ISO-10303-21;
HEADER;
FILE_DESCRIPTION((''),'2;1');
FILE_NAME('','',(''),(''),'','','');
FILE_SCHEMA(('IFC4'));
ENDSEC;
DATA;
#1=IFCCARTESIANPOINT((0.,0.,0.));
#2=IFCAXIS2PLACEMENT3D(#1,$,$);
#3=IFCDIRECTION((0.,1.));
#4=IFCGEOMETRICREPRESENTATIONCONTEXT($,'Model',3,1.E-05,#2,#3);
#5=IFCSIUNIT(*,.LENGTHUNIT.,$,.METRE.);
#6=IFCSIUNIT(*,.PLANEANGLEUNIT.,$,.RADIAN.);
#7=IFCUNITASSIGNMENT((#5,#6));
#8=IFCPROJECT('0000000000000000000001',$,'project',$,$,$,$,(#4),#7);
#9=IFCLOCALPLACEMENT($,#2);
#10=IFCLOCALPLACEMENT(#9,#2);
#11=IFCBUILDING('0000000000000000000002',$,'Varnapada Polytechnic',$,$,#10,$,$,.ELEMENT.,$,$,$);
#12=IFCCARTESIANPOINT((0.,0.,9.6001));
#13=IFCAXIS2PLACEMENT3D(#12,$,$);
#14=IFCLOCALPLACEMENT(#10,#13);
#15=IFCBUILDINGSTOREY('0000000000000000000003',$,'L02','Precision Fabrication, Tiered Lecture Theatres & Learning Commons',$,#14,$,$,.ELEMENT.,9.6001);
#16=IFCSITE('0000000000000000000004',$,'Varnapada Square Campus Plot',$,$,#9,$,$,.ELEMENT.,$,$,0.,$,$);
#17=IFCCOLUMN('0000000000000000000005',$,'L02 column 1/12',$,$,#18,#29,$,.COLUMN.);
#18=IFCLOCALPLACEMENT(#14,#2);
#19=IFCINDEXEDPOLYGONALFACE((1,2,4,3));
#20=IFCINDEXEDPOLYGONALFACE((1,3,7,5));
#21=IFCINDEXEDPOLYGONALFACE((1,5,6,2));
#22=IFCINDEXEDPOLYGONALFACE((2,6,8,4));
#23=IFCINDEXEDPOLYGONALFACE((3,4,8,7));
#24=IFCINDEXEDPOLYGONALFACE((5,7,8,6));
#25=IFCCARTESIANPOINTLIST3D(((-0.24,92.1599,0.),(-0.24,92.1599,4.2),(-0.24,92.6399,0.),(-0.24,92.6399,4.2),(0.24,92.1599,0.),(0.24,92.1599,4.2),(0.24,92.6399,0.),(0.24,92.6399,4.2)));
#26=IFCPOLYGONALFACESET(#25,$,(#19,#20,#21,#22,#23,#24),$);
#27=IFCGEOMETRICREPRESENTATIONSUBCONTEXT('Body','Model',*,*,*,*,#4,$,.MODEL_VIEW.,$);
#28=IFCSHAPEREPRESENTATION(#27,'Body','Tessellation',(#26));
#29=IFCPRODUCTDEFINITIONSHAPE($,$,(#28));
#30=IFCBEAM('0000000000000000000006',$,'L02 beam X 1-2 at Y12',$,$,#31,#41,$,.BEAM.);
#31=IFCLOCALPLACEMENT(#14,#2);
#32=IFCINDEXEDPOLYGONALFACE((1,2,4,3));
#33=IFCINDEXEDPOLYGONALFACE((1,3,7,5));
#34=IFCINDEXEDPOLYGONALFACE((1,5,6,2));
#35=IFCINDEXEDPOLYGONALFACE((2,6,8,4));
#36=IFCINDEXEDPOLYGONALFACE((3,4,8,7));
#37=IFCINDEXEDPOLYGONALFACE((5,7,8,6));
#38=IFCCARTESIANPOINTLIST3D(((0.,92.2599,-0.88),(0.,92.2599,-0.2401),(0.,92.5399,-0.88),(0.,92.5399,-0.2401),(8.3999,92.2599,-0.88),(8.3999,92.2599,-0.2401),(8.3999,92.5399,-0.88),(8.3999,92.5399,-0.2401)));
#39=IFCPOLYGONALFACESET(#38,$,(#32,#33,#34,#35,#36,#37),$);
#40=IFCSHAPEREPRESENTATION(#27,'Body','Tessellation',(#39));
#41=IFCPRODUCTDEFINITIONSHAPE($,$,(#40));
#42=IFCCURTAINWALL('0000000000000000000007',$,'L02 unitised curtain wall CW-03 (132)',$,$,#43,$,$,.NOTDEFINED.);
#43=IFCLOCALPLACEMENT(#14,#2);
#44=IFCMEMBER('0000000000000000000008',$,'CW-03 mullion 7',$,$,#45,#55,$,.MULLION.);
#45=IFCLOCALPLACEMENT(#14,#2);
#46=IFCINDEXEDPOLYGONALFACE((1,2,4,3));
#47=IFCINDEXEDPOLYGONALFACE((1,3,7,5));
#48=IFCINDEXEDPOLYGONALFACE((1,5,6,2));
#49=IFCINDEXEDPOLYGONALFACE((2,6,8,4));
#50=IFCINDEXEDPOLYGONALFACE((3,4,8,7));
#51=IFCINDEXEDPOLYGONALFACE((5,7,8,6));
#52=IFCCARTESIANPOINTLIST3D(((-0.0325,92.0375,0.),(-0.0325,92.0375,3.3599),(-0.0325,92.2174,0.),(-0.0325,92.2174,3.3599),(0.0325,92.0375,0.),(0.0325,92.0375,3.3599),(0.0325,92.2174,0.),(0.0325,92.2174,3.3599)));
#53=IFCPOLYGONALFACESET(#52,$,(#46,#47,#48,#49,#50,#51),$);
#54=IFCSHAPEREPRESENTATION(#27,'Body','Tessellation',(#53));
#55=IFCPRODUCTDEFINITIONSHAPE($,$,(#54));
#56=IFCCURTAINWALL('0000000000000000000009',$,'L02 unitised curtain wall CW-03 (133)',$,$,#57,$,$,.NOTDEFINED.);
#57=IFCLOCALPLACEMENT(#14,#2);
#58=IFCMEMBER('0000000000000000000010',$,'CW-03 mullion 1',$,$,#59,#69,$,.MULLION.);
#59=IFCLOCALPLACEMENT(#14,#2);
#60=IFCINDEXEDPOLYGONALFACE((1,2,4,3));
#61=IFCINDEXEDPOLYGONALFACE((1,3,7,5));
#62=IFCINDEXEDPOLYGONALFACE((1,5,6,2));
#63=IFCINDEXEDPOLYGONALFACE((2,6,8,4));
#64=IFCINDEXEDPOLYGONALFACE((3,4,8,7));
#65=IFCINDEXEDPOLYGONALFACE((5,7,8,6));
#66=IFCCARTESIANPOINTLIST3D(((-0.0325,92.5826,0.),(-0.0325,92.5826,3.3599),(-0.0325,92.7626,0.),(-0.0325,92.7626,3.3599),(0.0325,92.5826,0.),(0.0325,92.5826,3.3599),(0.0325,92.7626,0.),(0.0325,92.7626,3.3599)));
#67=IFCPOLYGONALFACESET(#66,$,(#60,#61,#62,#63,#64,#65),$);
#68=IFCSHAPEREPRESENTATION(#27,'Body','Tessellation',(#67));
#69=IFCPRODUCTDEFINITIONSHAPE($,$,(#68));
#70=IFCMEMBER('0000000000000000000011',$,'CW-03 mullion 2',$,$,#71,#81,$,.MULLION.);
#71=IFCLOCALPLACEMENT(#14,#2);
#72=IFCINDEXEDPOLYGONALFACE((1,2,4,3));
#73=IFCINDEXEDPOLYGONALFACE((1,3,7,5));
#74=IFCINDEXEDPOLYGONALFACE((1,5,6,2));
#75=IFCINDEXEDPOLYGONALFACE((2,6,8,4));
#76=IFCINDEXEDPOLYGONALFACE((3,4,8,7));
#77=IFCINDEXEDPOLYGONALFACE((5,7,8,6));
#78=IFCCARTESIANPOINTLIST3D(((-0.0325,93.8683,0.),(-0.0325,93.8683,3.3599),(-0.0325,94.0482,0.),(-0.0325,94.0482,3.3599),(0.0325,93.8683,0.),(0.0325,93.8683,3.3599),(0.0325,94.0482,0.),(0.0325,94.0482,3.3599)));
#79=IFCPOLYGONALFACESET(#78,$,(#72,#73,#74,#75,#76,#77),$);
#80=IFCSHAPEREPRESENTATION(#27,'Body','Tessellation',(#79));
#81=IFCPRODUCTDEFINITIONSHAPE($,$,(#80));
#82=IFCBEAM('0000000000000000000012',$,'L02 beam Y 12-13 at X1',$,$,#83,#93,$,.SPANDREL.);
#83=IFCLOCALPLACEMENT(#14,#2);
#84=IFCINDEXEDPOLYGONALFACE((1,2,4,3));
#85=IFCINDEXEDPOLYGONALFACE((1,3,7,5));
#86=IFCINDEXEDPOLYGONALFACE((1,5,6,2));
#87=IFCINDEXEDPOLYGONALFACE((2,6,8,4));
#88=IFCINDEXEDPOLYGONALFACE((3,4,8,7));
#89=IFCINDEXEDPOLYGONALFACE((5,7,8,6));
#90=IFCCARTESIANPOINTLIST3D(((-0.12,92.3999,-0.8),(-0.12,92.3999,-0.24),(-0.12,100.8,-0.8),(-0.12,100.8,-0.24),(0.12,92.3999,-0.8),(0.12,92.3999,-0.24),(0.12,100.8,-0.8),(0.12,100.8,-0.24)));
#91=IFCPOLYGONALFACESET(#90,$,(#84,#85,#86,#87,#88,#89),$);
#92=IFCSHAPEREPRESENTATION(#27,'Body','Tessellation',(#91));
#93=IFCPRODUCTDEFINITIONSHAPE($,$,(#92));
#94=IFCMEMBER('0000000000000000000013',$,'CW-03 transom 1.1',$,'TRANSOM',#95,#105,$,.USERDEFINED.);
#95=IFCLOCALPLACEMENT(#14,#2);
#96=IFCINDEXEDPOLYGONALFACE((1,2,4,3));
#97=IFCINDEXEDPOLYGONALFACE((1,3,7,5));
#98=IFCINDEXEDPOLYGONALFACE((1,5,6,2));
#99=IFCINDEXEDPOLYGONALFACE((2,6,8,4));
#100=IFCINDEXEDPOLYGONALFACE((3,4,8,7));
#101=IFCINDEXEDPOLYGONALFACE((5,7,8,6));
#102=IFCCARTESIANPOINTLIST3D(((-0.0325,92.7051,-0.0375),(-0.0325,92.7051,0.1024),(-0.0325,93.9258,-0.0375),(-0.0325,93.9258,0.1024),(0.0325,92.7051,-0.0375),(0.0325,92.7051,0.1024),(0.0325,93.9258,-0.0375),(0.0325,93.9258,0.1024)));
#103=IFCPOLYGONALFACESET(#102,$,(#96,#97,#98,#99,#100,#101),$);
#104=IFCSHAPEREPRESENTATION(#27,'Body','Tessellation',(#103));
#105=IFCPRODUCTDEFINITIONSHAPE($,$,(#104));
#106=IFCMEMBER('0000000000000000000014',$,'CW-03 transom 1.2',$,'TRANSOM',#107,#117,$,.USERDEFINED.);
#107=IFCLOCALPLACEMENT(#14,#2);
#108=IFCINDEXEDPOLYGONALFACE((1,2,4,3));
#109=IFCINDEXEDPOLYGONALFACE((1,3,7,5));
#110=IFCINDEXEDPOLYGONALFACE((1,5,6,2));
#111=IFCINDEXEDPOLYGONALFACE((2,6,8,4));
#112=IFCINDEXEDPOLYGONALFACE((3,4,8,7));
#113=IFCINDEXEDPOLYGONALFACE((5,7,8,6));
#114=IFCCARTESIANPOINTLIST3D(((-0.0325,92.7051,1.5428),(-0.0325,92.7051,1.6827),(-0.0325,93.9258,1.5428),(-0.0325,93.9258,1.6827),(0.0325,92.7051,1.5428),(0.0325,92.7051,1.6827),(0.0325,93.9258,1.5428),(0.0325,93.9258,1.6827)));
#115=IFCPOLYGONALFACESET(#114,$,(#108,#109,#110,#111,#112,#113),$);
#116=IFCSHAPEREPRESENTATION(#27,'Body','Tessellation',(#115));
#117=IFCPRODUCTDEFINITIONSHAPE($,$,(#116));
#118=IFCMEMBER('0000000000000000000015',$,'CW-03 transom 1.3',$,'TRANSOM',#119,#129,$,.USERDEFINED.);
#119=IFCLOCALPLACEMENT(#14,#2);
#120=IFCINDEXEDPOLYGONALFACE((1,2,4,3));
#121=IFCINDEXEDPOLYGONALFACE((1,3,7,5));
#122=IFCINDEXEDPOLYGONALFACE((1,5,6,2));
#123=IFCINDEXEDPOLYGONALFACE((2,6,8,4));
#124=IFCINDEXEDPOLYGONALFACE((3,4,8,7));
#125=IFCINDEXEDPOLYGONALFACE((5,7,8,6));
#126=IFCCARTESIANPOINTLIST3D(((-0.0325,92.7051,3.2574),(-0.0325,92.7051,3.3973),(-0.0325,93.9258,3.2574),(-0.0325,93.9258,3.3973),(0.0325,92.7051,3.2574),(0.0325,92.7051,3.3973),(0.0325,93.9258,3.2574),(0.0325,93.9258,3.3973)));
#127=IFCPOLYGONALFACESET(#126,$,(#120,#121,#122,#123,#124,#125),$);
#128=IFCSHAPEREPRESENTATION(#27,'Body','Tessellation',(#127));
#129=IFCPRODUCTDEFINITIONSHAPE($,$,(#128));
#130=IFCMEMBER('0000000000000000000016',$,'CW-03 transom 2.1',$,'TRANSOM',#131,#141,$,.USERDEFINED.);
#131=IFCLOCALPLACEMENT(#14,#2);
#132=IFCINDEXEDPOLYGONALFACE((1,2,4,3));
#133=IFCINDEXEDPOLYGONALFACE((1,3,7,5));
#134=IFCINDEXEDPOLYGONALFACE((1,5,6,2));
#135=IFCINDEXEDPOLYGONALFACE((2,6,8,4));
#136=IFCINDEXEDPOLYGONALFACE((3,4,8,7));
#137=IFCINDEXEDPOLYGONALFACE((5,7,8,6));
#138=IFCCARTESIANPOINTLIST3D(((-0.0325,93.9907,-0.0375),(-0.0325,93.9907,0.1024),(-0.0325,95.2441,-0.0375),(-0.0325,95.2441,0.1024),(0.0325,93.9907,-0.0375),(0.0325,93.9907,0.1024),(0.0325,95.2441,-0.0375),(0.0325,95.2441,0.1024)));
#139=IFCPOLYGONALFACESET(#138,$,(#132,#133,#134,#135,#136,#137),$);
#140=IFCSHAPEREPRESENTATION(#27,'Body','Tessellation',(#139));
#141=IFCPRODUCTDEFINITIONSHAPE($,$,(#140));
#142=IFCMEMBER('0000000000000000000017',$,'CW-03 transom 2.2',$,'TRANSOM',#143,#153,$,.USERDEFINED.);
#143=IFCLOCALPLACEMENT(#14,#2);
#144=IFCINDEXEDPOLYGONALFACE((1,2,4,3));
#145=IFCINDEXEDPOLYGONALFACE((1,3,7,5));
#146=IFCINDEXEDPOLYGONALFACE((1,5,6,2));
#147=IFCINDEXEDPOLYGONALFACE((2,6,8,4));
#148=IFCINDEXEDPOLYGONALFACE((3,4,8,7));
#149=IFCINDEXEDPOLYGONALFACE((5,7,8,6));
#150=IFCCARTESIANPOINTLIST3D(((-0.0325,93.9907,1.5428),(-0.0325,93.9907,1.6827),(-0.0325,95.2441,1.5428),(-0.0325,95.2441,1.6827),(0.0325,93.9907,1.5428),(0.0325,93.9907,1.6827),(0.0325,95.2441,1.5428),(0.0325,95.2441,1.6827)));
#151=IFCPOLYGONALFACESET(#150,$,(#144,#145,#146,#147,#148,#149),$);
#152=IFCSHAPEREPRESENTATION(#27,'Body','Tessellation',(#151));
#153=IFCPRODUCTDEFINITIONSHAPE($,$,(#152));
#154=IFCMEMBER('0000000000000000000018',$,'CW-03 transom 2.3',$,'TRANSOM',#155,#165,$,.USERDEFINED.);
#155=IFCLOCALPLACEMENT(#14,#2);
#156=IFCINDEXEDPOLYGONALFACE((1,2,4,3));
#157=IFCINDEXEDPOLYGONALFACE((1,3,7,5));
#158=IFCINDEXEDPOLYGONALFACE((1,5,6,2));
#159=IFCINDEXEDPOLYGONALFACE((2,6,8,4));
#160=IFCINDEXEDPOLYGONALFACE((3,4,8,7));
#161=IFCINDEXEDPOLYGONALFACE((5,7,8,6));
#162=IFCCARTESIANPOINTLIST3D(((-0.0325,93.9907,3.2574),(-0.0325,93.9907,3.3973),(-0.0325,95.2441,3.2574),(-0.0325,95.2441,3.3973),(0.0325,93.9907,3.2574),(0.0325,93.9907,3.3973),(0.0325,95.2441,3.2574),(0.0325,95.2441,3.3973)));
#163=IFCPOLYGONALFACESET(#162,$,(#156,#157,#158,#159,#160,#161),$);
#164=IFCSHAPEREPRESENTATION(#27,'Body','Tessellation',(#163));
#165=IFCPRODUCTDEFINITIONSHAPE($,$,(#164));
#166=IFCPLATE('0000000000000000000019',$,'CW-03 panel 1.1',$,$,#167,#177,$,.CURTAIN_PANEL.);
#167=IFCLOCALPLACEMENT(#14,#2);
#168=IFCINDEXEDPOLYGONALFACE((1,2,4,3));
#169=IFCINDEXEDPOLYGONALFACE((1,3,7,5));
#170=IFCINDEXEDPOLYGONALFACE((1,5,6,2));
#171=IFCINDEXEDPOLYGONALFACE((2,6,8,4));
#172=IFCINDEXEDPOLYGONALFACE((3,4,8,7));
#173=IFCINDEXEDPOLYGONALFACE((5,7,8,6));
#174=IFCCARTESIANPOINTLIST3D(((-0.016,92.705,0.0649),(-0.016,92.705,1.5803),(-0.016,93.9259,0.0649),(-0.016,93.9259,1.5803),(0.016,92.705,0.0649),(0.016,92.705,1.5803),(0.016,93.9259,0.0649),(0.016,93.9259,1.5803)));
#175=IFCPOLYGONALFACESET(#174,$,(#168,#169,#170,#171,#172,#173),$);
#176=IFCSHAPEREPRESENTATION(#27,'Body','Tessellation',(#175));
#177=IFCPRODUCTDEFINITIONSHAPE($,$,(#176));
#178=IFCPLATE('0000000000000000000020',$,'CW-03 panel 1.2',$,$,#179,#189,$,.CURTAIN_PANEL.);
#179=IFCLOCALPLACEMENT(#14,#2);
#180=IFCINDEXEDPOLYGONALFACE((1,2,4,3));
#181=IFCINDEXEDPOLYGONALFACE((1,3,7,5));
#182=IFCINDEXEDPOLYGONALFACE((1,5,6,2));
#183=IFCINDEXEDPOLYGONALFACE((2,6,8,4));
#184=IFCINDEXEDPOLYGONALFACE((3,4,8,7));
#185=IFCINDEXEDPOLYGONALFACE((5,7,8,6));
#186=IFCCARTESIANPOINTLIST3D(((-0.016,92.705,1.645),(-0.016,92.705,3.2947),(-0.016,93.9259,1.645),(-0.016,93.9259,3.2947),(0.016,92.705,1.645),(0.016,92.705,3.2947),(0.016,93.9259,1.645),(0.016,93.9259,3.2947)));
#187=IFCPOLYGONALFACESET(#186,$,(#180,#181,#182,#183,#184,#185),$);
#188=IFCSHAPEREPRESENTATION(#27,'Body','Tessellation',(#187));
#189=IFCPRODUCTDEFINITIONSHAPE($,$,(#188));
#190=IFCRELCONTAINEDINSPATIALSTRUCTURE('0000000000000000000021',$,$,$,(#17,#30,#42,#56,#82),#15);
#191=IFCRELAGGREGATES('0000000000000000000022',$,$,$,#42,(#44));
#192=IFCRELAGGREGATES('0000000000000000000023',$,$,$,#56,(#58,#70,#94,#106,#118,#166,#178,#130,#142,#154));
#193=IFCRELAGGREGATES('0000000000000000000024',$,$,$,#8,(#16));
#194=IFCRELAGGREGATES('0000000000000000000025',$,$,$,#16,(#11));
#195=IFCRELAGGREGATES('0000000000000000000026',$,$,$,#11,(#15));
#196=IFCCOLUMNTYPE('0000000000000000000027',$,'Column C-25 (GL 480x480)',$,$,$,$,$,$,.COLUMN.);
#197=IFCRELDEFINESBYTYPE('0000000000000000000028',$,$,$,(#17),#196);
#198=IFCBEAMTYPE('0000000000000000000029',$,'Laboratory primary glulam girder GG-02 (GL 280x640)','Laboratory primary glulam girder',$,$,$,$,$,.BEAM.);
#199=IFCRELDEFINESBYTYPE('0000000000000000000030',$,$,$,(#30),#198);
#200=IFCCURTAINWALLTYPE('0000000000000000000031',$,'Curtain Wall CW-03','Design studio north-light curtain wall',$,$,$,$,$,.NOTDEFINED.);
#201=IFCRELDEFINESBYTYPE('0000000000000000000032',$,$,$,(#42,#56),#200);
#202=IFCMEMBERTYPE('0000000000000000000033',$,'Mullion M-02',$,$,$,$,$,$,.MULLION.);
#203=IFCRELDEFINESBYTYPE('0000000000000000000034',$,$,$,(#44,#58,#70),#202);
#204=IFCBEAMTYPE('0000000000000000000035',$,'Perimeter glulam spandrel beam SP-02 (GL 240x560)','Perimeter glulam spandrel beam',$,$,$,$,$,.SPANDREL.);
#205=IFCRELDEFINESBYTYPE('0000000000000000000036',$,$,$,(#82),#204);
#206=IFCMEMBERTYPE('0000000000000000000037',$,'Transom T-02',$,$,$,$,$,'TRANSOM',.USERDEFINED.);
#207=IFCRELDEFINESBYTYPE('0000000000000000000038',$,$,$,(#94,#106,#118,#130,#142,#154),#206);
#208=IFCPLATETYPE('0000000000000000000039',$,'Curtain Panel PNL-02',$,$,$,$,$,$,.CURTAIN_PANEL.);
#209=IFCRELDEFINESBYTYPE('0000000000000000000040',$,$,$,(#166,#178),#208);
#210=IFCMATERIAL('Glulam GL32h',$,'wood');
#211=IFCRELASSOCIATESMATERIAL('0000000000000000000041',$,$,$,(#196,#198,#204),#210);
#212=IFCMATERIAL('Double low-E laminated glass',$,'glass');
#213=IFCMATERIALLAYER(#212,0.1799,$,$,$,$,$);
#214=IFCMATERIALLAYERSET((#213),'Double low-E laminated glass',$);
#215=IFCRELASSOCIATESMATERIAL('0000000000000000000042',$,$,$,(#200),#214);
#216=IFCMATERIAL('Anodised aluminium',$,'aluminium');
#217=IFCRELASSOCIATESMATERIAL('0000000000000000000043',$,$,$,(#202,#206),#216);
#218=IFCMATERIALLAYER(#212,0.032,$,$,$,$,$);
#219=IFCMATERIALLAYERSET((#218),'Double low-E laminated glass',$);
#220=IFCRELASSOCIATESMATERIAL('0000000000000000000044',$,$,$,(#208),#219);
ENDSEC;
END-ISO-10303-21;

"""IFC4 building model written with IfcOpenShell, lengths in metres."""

from ifc_helpers import new_model, si_unit, direction, frame, origin, origin_2d, place, context, subcontext, project, spatial, rectangle, extrude, material, layer, layer_set, material_profile, profile_set, type_object, element, aggregate, save


model = new_model("IFC4")

# Units and contexts
model_context = context("Model", 3, precision=1e-05, world=origin(), true_north=direction((0.0, 1.0)))
body_context = subcontext(model_context, "Body", "Model", "MODEL_VIEW")
ifc_project = project(units=[si_unit("LENGTHUNIT", "METRE"), si_unit("PLANEANGLEUNIT", "RADIAN")], contexts=[model_context])

# Site, building, storey
site_placement = place(None, origin())
site = spatial("IfcSite", under=ifc_project, at=site_placement, Name="Varnapada Square Campus Plot", CompositionType="ELEMENT", RefElevation=0.0)
building_placement = place(site_placement, origin())
building = spatial("IfcBuilding", under=site, at=building_placement, Name="Varnapada Polytechnic", CompositionType="ELEMENT")
storey_placement = place(building_placement, frame((0.0, 0.0, 9.6001)))
storey = spatial("IfcBuildingStorey", under=building, at=storey_placement, Name="L02", Description="Precision Fabrication, Tiered Lecture Theatres & Learning Commons", CompositionType="ELEMENT", Elevation=9.6001)

# Column
ifc_material_1 = material(Name="Glulam GL32h", Category="wood")
ifc_material_profile_1 = material_profile(ifc_material_1, rectangle(XDim=0.48, YDim=0.48, at=origin_2d()), Name="GL 480x480")
ifc_profile_set_1 = profile_set([ifc_material_profile_1], Name="Glulam GL32h")
column_type = type_object("IfcColumnType", Name="Column C-25 (GL 480x480)", PredefinedType="COLUMN", material=ifc_profile_set_1)
column_placement = place(storey_placement, frame((0.0, 92.3999, 0.0), z_axis=(0.0, 0.0, 1.0), x_axis=(1.0, 0.0, 0.0)))
element("IfcColumn", 1, at=column_placement, inside=storey, type_object=column_type, Name="L02 column 1/12", PredefinedType="COLUMN", context=body_context, shape_type="SweptSolid", body=[
    extrude(rectangle(XDim=0.48, YDim=0.48, at=origin_2d()), origin(), (0.0, 0.0, 1.0), 4.2),
])

# Beam
ifc_material_profile_2 = material_profile(ifc_material_1, rectangle(XDim=0.28, YDim=0.6399, at=origin_2d()), Name="GL 280x640")
ifc_profile_set_2 = profile_set([ifc_material_profile_2], Name="Glulam GL32h")
beam_type_1 = type_object("IfcBeamType", Name="Laboratory primary glulam girder GG-02 (GL 280x640)", Description="Laboratory primary glulam girder", PredefinedType="BEAM", material=ifc_profile_set_2)
beam_1_placement = place(storey_placement, frame((0.0, 92.3999, -0.5601), z_axis=(1.0, 0.0, 0.0), x_axis=(0.0, 1.0, 0.0)))
element("IfcBeam", 2, at=beam_1_placement, inside=storey, type_object=beam_type_1, Name="L02 beam X 1-2 at Y12", PredefinedType="BEAM", context=body_context, shape_type="SweptSolid", body=[
    extrude(rectangle(XDim=0.28, YDim=0.6399, at=origin_2d()), origin(), (0.0, 0.0, 1.0), 8.3999),
])

# Curtain wall, member
ifc_material_2 = material(Name="Double low-E laminated glass", Category="glass")
ifc_layer_1 = layer(ifc_material_2, 0.1799)
ifc_layer_set_1 = layer_set([ifc_layer_1], Name="Double low-E laminated glass")
curtain_wall_type = type_object("IfcCurtainWallType", Name="Curtain Wall CW-03", Description="Design studio north-light curtain wall", PredefinedType="NOTDEFINED", material=ifc_layer_set_1)
curtain_wall_1_placement = place(storey_placement, origin())
curtain_wall_1 = element("IfcCurtainWall", 3, at=curtain_wall_1_placement, inside=storey, type_object=curtain_wall_type, Name="L02 unitised curtain wall CW-03 (132)", PredefinedType="NOTDEFINED")
ifc_material_3 = material(Name="Anodised aluminium", Category="aluminium")
ifc_material_profile_3 = material_profile(ifc_material_3, rectangle(XDim=0.0649, YDim=0.1799, at=origin_2d()), Name="ALU M65x180")
ifc_profile_set_3 = profile_set([ifc_material_profile_3], Name="Anodised aluminium")
member_type_1 = type_object("IfcMemberType", Name="Mullion M-02", PredefinedType="MULLION", material=ifc_profile_set_3)
member_1_placement = place(storey_placement, frame((0.0, 92.1274, 0.0), z_axis=(0.0, 0.0, 1.0), x_axis=(-1.0, 0.0, 0.0)))
member_1 = element("IfcMember", 4, at=member_1_placement, type_object=member_type_1, Name="CW-03 mullion 7", PredefinedType="MULLION", context=body_context, shape_type="SweptSolid", body=[
    extrude(rectangle(XDim=0.0649, YDim=0.1799, at=origin_2d()), origin(), (0.0, 0.0, 1.0), 3.3599),
])
aggregate(curtain_wall_1, [member_1])

# Curtain wall, members
curtain_wall_2_placement = place(storey_placement, origin())
curtain_wall_2 = element("IfcCurtainWall", 5, at=curtain_wall_2_placement, inside=storey, type_object=curtain_wall_type, Name="L02 unitised curtain wall CW-03 (133)", PredefinedType="NOTDEFINED")
member_2_placement = place(storey_placement, frame((0.0, 92.6726, 0.0), z_axis=(0.0, 0.0, 1.0), x_axis=(-1.0, 0.0, 0.0)))
member_2 = element("IfcMember", 6, at=member_2_placement, type_object=member_type_1, Name="CW-03 mullion 1", PredefinedType="MULLION", context=body_context, shape_type="SweptSolid", body=[
    extrude(rectangle(XDim=0.0649, YDim=0.1799, at=origin_2d()), origin(), (0.0, 0.0, 1.0), 3.3599),
])
member_3_placement = place(storey_placement, frame((0.0, 93.9583, 0.0), z_axis=(0.0, 0.0, 1.0), x_axis=(-1.0, 0.0, 0.0)))
member_3 = element("IfcMember", 7, at=member_3_placement, type_object=member_type_1, Name="CW-03 mullion 2", PredefinedType="MULLION", context=body_context, shape_type="SweptSolid", body=[
    extrude(rectangle(XDim=0.0649, YDim=0.1799, at=origin_2d()), origin(), (0.0, 0.0, 1.0), 3.3599),
])

# Beam
ifc_material_profile_4 = material_profile(ifc_material_1, rectangle(XDim=0.24, YDim=0.5601, at=origin_2d()), Name="GL 240x560")
ifc_profile_set_4 = profile_set([ifc_material_profile_4], Name="Glulam GL32h")
beam_type_2 = type_object("IfcBeamType", Name="Perimeter glulam spandrel beam SP-02 (GL 240x560)", Description="Perimeter glulam spandrel beam", PredefinedType="SPANDREL", material=ifc_profile_set_4)
beam_2_placement = place(storey_placement, frame((0.0, 92.3999, -0.52), z_axis=(0.0, 1.0, 0.0), x_axis=(-1.0, 0.0, 0.0)))
element("IfcBeam", 8, at=beam_2_placement, inside=storey, type_object=beam_type_2, Name="L02 beam Y 12-13 at X1", PredefinedType="SPANDREL", context=body_context, shape_type="SweptSolid", body=[
    extrude(rectangle(XDim=0.24, YDim=0.5601, at=origin_2d()), origin(), (0.0, 0.0, 1.0), 8.4001),
])

# Members
ifc_material_profile_5 = material_profile(ifc_material_3, rectangle(XDim=0.0649, YDim=0.1399, at=origin_2d()), Name="ALU T65x140")
ifc_profile_set_5 = profile_set([ifc_material_profile_5], Name="Anodised aluminium")
member_type_2 = type_object("IfcMemberType", Name="Transom T-02", ElementType="TRANSOM", PredefinedType="USERDEFINED", material=ifc_profile_set_5)
member_4_placement = place(storey_placement, frame((0.0, 92.7051, 0.0325), z_axis=(0.0, 1.0, 0.0), x_axis=(-1.0, 0.0, 0.0)))
member_4 = element("IfcMember", 9, at=member_4_placement, type_object=member_type_2, Name="CW-03 transom 1.1", ObjectType="TRANSOM", PredefinedType="USERDEFINED", context=body_context, shape_type="SweptSolid", body=[
    extrude(rectangle(XDim=0.0649, YDim=0.1399, at=origin_2d()), origin(), (0.0, 0.0, 1.0), 1.2207),
])
member_5_placement = place(storey_placement, frame((0.0, 92.7051, 1.6128), z_axis=(0.0, 1.0, 0.0), x_axis=(-1.0, 0.0, 0.0)))
member_5 = element("IfcMember", 10, at=member_5_placement, type_object=member_type_2, Name="CW-03 transom 1.2", ObjectType="TRANSOM", PredefinedType="USERDEFINED", context=body_context, shape_type="SweptSolid", body=[
    extrude(rectangle(XDim=0.0649, YDim=0.1399, at=origin_2d()), origin(), (0.0, 0.0, 1.0), 1.2207),
])
member_6_placement = place(storey_placement, frame((0.0, 92.7051, 3.3274), z_axis=(0.0, 1.0, 0.0), x_axis=(-1.0, 0.0, 0.0)))
member_6 = element("IfcMember", 11, at=member_6_placement, type_object=member_type_2, Name="CW-03 transom 1.3", ObjectType="TRANSOM", PredefinedType="USERDEFINED", context=body_context, shape_type="SweptSolid", body=[
    extrude(rectangle(XDim=0.0649, YDim=0.1399, at=origin_2d()), origin(), (0.0, 0.0, 1.0), 1.2207),
])
member_7_placement = place(storey_placement, frame((0.0, 93.9907, 0.0325), z_axis=(0.0, 1.0, 0.0), x_axis=(-1.0, 0.0, 0.0)))
member_7 = element("IfcMember", 12, at=member_7_placement, type_object=member_type_2, Name="CW-03 transom 2.1", ObjectType="TRANSOM", PredefinedType="USERDEFINED", context=body_context, shape_type="SweptSolid", body=[
    extrude(rectangle(XDim=0.0649, YDim=0.1399, at=origin_2d()), origin(), (0.0, 0.0, 1.0), 1.2534),
])
member_8_placement = place(storey_placement, frame((0.0, 93.9907, 1.6128), z_axis=(0.0, 1.0, 0.0), x_axis=(-1.0, 0.0, 0.0)))
member_8 = element("IfcMember", 13, at=member_8_placement, type_object=member_type_2, Name="CW-03 transom 2.2", ObjectType="TRANSOM", PredefinedType="USERDEFINED", context=body_context, shape_type="SweptSolid", body=[
    extrude(rectangle(XDim=0.0649, YDim=0.1399, at=origin_2d()), origin(), (0.0, 0.0, 1.0), 1.2534),
])
member_9_placement = place(storey_placement, frame((0.0, 93.9907, 3.3274), z_axis=(0.0, 1.0, 0.0), x_axis=(-1.0, 0.0, 0.0)))
member_9 = element("IfcMember", 14, at=member_9_placement, type_object=member_type_2, Name="CW-03 transom 2.3", ObjectType="TRANSOM", PredefinedType="USERDEFINED", context=body_context, shape_type="SweptSolid", body=[
    extrude(rectangle(XDim=0.0649, YDim=0.1399, at=origin_2d()), origin(), (0.0, 0.0, 1.0), 1.2534),
])

# Plates
ifc_layer_2 = layer(ifc_material_2, 0.032)
ifc_layer_set_2 = layer_set([ifc_layer_2], Name="Double low-E laminated glass")
plate_type = type_object("IfcPlateType", Name="Curtain Panel PNL-02", PredefinedType="CURTAIN_PANEL", material=ifc_layer_set_2)
plate_1_placement = place(storey_placement, frame((0.0, 93.3154, 0.0649), z_axis=(0.0, 0.0, 1.0), x_axis=(0.0, 1.0, 0.0)))
plate_1 = element("IfcPlate", 15, at=plate_1_placement, type_object=plate_type, Name="CW-03 panel 1.1", PredefinedType="CURTAIN_PANEL", context=body_context, shape_type="SweptSolid", body=[
    extrude(rectangle(XDim=1.2209, YDim=0.032, at=origin_2d()), origin(), (0.0, 0.0, 1.0), 1.5154),
])
plate_2_placement = place(storey_placement, frame((0.0, 93.3154, 1.645), z_axis=(0.0, 0.0, 1.0), x_axis=(0.0, 1.0, 0.0)))
plate_2 = element("IfcPlate", 16, at=plate_2_placement, type_object=plate_type, Name="CW-03 panel 1.2", PredefinedType="CURTAIN_PANEL", context=body_context, shape_type="SweptSolid", body=[
    extrude(rectangle(XDim=1.2209, YDim=0.032, at=origin_2d()), origin(), (0.0, 0.0, 1.0), 1.6497),
])
aggregate(curtain_wall_2, [member_2, member_3, member_4, member_5, member_6, plate_1, plate_2, member_7, member_8, member_9])

save(model, "model.ifc")
